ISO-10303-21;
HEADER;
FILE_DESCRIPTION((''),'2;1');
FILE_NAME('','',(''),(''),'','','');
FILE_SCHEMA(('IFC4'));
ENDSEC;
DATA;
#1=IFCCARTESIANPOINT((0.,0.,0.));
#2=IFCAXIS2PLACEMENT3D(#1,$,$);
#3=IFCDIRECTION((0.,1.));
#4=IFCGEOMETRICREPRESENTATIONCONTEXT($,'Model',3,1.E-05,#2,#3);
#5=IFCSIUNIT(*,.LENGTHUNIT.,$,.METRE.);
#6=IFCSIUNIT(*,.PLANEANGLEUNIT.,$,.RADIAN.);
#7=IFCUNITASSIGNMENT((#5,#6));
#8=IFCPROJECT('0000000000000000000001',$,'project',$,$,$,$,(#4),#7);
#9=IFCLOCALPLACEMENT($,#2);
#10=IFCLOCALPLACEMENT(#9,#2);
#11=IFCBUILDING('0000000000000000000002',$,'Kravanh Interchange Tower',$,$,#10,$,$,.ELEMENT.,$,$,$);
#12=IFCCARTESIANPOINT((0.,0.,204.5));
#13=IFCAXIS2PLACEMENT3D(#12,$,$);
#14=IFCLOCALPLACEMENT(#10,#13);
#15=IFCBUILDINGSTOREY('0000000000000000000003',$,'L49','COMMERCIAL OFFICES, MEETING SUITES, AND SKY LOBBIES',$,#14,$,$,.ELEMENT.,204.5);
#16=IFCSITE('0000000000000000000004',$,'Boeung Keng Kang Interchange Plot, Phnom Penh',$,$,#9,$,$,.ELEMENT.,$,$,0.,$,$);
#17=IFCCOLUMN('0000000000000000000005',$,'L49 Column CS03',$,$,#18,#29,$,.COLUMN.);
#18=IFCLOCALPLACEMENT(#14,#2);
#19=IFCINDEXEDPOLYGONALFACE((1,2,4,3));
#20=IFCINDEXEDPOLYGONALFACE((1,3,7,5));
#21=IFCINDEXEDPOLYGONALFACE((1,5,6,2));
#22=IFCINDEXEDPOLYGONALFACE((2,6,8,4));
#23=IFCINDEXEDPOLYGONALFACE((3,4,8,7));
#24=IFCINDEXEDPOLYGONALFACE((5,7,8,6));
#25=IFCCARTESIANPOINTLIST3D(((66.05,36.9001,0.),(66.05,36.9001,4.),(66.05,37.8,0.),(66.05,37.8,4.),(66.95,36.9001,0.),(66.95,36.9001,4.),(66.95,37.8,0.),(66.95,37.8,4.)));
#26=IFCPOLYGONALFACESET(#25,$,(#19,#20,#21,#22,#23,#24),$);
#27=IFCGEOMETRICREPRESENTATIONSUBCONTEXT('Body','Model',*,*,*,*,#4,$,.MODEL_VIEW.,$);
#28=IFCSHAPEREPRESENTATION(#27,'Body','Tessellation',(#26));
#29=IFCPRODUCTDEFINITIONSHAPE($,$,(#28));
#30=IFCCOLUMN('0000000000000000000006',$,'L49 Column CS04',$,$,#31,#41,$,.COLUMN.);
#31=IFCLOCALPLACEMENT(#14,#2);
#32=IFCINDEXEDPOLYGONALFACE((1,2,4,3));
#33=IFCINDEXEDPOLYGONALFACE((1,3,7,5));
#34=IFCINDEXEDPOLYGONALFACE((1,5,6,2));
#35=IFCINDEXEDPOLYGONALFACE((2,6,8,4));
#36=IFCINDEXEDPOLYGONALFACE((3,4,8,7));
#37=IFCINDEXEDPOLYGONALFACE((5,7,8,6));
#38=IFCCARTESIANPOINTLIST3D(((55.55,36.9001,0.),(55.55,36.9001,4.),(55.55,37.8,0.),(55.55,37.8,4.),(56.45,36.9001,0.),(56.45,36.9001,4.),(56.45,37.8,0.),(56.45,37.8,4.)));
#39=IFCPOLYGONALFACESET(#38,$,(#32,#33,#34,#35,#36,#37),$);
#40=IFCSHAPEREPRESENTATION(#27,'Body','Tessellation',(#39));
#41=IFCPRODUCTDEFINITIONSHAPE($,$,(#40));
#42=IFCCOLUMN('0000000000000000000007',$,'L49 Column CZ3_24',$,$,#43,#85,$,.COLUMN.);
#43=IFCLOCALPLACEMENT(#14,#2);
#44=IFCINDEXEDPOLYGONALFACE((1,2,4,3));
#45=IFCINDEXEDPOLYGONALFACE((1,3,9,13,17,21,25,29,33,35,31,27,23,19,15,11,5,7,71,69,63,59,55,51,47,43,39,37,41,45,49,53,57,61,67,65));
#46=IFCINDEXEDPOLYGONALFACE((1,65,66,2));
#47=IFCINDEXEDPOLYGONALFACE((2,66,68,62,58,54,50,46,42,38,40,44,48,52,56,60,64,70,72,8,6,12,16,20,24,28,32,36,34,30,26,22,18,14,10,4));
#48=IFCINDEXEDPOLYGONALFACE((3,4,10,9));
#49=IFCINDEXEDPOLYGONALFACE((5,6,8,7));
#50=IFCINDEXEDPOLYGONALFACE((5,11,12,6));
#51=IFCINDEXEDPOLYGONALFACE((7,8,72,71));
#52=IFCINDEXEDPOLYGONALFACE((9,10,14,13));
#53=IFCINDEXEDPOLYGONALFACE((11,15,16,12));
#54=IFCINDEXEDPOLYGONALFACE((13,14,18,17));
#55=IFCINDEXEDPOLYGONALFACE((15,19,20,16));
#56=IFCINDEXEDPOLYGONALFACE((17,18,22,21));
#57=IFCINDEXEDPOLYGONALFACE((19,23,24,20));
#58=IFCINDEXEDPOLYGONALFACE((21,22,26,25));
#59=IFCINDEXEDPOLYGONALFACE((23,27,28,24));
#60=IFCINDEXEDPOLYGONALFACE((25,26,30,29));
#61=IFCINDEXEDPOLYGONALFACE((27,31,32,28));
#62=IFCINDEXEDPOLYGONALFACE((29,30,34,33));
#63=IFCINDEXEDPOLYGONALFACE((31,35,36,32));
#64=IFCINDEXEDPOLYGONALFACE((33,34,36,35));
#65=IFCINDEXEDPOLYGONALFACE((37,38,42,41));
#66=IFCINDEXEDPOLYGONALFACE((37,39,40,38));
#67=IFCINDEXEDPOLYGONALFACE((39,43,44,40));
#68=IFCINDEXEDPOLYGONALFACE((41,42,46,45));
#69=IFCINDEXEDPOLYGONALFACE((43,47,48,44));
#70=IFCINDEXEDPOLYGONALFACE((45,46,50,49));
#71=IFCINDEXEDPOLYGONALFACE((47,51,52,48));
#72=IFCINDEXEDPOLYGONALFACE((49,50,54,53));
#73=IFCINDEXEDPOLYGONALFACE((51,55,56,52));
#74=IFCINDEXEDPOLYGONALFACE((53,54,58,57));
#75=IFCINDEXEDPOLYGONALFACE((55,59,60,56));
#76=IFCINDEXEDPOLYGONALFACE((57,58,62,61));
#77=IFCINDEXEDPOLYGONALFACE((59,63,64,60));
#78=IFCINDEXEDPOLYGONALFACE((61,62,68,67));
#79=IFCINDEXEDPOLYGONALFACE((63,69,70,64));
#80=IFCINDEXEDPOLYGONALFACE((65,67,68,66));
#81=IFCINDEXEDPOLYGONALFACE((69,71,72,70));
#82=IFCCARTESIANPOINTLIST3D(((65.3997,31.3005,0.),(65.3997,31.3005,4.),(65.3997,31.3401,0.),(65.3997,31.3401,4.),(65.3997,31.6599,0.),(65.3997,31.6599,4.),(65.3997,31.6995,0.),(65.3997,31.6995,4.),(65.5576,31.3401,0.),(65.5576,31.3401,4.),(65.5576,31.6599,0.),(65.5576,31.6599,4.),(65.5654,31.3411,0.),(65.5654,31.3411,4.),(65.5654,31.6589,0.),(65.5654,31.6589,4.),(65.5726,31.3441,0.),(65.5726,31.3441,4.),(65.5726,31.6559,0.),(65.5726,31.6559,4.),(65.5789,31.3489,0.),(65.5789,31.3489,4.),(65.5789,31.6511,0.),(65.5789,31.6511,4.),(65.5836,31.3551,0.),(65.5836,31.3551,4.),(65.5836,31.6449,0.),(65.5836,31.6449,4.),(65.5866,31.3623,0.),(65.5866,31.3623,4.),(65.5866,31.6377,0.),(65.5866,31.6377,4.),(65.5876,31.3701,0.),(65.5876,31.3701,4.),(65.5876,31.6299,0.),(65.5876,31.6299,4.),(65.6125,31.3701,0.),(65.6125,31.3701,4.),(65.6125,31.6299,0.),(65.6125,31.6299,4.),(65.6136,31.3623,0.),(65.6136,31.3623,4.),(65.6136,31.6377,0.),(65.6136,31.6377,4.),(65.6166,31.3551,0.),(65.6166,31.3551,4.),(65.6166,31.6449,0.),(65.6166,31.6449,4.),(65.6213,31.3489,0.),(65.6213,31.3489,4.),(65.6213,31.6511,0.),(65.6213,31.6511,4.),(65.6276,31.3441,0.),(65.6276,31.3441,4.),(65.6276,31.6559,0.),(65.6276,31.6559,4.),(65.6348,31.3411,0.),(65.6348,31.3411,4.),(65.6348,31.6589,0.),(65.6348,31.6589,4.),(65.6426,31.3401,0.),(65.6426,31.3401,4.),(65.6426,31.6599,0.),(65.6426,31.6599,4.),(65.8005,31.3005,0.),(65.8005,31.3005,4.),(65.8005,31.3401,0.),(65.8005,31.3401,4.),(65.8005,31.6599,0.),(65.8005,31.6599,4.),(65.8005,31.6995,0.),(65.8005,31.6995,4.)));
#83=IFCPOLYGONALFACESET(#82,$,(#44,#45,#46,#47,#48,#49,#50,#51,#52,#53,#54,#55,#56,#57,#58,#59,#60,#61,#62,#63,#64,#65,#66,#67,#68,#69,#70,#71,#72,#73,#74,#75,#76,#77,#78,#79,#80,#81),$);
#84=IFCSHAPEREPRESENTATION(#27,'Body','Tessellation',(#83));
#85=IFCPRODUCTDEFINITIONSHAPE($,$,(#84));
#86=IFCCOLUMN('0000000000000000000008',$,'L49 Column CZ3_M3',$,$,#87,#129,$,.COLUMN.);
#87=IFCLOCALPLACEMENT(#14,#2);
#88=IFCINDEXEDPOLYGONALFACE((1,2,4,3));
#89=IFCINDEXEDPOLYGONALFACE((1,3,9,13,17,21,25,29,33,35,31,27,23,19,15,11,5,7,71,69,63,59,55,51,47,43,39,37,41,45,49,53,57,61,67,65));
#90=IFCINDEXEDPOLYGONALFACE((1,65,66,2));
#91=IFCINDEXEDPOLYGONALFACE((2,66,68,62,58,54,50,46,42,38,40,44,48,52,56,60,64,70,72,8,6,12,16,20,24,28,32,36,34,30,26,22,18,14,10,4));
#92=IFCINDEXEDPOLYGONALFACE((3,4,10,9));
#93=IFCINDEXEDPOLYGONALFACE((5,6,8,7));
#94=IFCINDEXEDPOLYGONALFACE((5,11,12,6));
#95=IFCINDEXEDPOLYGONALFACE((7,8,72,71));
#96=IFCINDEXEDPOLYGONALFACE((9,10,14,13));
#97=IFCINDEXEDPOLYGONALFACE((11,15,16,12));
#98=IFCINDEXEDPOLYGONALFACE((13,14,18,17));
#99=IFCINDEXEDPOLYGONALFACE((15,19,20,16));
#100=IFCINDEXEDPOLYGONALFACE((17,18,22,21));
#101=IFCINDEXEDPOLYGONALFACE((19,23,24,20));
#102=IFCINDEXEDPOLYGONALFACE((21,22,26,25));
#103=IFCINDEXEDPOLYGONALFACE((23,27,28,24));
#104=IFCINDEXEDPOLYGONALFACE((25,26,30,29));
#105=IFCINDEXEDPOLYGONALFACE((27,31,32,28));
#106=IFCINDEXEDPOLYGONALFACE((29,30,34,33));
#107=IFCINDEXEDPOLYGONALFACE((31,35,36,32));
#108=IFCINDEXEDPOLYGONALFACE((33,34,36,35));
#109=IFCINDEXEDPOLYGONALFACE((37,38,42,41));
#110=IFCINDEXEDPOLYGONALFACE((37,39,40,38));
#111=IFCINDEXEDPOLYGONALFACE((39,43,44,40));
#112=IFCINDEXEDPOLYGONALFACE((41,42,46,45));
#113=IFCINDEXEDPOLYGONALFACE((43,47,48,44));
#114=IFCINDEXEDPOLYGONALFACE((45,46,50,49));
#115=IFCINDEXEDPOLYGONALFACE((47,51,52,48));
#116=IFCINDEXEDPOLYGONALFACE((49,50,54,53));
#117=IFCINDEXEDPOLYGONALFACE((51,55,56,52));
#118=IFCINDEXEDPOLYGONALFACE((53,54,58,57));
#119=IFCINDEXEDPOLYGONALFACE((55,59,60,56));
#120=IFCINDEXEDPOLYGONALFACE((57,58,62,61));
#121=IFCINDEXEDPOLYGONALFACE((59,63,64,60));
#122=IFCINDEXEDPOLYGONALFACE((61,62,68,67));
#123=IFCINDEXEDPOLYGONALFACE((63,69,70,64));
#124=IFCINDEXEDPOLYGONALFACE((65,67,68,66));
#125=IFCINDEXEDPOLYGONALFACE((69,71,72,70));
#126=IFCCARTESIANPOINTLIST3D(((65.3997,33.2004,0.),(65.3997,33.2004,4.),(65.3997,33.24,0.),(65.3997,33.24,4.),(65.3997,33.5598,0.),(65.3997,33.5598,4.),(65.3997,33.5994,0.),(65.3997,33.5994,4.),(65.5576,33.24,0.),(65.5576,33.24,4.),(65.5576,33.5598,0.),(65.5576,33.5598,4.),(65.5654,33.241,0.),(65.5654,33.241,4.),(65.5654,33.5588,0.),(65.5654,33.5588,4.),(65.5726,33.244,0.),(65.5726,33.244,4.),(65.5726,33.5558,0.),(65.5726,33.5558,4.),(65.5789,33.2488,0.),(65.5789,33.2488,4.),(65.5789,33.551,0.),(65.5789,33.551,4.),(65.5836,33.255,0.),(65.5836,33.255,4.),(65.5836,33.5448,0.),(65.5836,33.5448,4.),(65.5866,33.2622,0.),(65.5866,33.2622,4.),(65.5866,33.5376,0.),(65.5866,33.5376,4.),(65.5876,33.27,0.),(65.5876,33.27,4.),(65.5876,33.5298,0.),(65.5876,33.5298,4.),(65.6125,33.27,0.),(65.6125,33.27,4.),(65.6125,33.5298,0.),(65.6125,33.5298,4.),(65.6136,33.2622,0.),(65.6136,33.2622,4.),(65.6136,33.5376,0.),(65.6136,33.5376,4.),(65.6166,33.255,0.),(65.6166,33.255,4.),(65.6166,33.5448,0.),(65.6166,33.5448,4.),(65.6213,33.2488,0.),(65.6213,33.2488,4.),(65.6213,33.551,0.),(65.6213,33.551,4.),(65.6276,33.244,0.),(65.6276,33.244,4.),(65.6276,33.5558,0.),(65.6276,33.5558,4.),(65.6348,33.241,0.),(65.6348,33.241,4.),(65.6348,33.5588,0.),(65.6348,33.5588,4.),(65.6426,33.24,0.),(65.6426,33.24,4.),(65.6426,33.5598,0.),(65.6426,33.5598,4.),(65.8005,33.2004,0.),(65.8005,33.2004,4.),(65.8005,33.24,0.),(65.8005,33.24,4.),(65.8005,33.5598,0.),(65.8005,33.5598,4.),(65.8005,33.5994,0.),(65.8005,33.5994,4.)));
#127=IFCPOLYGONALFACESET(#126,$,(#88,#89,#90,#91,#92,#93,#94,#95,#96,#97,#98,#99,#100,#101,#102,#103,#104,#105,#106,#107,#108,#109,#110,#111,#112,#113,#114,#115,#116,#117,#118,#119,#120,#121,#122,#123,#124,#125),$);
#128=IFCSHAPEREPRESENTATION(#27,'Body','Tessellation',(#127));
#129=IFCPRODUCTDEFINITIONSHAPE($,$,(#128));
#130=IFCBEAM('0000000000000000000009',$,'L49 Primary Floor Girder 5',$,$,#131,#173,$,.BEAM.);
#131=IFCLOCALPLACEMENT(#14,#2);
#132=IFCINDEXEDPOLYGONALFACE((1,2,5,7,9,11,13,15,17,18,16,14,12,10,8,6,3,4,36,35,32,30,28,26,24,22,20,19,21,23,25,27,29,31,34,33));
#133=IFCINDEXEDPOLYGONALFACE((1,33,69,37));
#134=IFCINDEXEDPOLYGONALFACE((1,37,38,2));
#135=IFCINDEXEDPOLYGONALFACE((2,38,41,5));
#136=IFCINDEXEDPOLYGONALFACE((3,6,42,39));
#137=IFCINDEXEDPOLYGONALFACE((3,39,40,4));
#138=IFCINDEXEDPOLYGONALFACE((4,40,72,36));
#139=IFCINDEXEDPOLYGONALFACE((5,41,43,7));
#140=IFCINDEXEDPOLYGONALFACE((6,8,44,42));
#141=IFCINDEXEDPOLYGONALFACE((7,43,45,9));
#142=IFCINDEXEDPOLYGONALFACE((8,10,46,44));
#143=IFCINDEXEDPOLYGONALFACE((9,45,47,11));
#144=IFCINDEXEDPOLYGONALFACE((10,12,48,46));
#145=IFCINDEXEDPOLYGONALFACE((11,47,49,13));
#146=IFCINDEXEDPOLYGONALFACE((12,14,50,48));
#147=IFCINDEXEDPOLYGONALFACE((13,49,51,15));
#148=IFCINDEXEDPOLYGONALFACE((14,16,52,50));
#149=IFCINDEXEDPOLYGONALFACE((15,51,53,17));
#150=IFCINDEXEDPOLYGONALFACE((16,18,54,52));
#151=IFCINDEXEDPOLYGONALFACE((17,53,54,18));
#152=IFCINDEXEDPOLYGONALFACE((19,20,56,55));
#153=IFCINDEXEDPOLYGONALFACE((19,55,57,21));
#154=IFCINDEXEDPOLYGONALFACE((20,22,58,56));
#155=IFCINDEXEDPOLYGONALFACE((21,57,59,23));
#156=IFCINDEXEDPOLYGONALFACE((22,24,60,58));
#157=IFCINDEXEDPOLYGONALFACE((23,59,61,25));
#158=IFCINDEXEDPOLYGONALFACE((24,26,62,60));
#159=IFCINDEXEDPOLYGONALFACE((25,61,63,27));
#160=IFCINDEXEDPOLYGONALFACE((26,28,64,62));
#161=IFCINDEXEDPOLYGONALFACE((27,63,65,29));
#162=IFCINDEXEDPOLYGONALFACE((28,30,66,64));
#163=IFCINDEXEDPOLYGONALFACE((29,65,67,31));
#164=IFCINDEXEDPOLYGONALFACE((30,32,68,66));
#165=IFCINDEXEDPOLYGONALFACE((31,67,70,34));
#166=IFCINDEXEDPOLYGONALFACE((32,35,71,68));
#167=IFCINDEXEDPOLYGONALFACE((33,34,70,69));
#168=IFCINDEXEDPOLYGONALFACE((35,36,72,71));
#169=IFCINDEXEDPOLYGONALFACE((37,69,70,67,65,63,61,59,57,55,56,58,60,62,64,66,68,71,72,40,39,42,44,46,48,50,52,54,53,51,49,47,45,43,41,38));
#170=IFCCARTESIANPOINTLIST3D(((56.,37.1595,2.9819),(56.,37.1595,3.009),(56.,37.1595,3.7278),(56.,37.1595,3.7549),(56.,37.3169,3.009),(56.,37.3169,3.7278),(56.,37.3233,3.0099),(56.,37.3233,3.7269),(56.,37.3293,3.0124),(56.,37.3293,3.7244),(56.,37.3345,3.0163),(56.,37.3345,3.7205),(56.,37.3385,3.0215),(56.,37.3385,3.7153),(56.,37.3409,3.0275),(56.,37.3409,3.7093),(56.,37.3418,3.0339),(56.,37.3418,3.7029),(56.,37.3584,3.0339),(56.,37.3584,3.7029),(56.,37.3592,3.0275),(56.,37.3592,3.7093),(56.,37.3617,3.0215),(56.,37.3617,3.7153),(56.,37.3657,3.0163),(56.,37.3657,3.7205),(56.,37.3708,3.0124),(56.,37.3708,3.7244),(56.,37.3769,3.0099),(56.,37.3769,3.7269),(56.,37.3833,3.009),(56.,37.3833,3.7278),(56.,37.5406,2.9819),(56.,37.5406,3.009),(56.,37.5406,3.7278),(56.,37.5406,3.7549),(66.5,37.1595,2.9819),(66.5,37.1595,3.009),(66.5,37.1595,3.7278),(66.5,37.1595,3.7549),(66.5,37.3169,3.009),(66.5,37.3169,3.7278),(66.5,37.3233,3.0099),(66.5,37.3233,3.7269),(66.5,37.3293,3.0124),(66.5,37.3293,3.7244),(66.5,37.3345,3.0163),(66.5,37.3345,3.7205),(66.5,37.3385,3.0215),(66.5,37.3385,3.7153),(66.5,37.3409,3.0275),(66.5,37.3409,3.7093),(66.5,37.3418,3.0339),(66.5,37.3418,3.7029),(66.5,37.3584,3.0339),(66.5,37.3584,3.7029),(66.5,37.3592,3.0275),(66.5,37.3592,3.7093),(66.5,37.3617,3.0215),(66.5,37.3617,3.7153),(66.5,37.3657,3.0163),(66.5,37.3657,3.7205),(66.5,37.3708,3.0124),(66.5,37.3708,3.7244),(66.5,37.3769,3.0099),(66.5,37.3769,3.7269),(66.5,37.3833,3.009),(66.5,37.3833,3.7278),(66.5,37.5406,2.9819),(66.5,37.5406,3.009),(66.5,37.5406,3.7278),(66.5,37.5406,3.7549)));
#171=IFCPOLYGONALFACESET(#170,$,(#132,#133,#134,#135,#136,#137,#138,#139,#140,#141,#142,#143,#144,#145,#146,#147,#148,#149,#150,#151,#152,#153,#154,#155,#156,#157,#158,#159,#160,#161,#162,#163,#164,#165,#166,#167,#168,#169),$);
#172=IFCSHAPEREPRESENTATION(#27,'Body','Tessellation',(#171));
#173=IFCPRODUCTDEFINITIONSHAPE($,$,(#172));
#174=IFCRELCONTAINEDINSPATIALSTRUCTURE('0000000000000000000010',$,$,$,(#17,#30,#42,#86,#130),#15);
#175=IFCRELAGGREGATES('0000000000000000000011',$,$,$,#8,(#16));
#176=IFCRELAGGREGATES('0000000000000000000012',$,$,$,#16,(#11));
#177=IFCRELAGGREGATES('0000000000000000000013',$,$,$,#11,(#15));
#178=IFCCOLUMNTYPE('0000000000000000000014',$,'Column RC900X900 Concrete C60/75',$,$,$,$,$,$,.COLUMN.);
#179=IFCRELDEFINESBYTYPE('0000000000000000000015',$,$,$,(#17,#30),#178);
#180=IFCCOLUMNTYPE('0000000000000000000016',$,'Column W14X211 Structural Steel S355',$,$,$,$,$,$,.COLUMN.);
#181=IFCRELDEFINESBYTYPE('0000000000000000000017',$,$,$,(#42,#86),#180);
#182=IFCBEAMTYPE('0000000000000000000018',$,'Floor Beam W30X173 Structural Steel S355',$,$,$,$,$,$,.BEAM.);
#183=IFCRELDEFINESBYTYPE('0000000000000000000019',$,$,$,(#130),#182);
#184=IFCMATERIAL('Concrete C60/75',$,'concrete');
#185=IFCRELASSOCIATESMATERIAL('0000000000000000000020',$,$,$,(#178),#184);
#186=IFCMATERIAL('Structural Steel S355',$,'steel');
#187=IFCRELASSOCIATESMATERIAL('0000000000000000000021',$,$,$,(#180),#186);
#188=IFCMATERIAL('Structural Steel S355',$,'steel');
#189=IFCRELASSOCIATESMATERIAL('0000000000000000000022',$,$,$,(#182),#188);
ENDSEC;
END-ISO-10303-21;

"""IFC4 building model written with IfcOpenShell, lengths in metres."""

from ifc_helpers import new_model, si_unit, direction, frame, origin, origin_2d, place, context, subcontext, project, spatial, rectangle, i_section, extrude, material, material_profile, profile_set, type_object, element, save


model = new_model("IFC4")

# Units and contexts
model_context = context("Model", 3, precision=1e-05, world=origin(), true_north=direction((0.0, 1.0)))
body_context = subcontext(model_context, "Body", "Model", "MODEL_VIEW")
ifc_project = project(units=[si_unit("LENGTHUNIT", "METRE"), si_unit("PLANEANGLEUNIT", "RADIAN")], contexts=[model_context])

# Site, building, storey
site_placement = place(None, origin())
site = spatial("IfcSite", under=ifc_project, at=site_placement, Name="Boeung Keng Kang Interchange Plot, Phnom Penh", CompositionType="ELEMENT", RefElevation=0.0)
building_placement = place(site_placement, origin())
building = spatial("IfcBuilding", under=site, at=building_placement, Name="Kravanh Interchange Tower", CompositionType="ELEMENT")
storey_placement = place(building_placement, frame((0.0, 0.0, 204.5)))
storey = spatial("IfcBuildingStorey", under=building, at=storey_placement, Name="L49", Description="COMMERCIAL OFFICES, MEETING SUITES, AND SKY LOBBIES", CompositionType="ELEMENT", Elevation=204.5)

# Columns
ifc_material_1 = material(Name="Concrete C60/75", Category="concrete")
ifc_material_profile_1 = material_profile(ifc_material_1, rectangle(XDim=0.8999, YDim=0.8999, at=origin_2d()), Name="RC900X900")
ifc_profile_set_1 = profile_set([ifc_material_profile_1], Name="Concrete C60/75")
column_type_1 = type_object("IfcColumnType", Name="Column RC900X900 Concrete C60/75", PredefinedType="COLUMN", material=ifc_profile_set_1)
for number, where, z_axis, x_axis, name in (
    (1, (66.5, 37.3501, 0.0), (0.0, 0.0, 1.0), (1.0, 0.0, 0.0), "L49 Column CS03"),
    (2, (56.0, 37.3501, 0.0), (0.0, 0.0, 1.0), (1.0, 0.0, 0.0), "L49 Column CS04"),
):
    element("IfcColumn", number, at=place(storey_placement, frame(where, z_axis=z_axis, x_axis=x_axis)), inside=storey, type_object=column_type_1, Name=name, PredefinedType="COLUMN", context=body_context, shape_type="SweptSolid", body=[
        extrude(rectangle(XDim=0.8999, YDim=0.8999, at=origin_2d()), origin(), (0.0, 0.0, 1.0), 4.0),
    ])
ifc_material_2 = material(Name="Structural Steel S355", Category="steel")
ifc_material_profile_2 = material_profile(ifc_material_2, i_section(OverallWidth=0.4009, OverallDepth=0.3989, WebThickness=0.0249, FlangeThickness=0.0396, FilletRadius=0.03, at=origin_2d()), Name="W14X211")
ifc_profile_set_2 = profile_set([ifc_material_profile_2], Name="Structural Steel S355")
column_type_2 = type_object("IfcColumnType", Name="Column W14X211 Structural Steel S355", PredefinedType="COLUMN", material=ifc_profile_set_2)
for number, where, z_axis, x_axis, name in (
    (3, (65.6001, 31.5, 0.0), (0.0, 0.0, 1.0), (1.0, 0.0, 0.0), "L49 Column CZ3_24"),
    (4, (65.6001, 33.3999, 0.0), (0.0, 0.0, 1.0), (1.0, 0.0, 0.0), "L49 Column CZ3_M3"),
):
    element("IfcColumn", number, at=place(storey_placement, frame(where, z_axis=z_axis, x_axis=x_axis)), inside=storey, type_object=column_type_2, Name=name, PredefinedType="COLUMN", context=body_context, shape_type="SweptSolid", body=[
        extrude(i_section(OverallWidth=0.4009, OverallDepth=0.3989, WebThickness=0.0249, FlangeThickness=0.0396, FilletRadius=0.03, at=origin_2d()), origin(), (0.0, 0.0, 1.0), 4.0),
    ])

# Beam
ifc_material_3 = material(Name="Structural Steel S355", Category="steel")
ifc_material_profile_3 = material_profile(ifc_material_3, i_section(OverallWidth=0.3811, OverallDepth=0.7729, WebThickness=0.0166, FlangeThickness=0.0271, FilletRadius=0.0249, at=origin_2d()), Name="W30X173")
ifc_profile_set_3 = profile_set([ifc_material_profile_3], Name="Structural Steel S355")
beam_type_1 = type_object("IfcBeamType", Name="Floor Beam W30X173 Structural Steel S355", PredefinedType="BEAM", material=ifc_profile_set_3)
beam_1_placement = place(storey_placement, frame((66.5, 37.3501, 3.3684), z_axis=(-1.0, 0.0, 0.0), x_axis=(0.0, -1.0, 0.0)))
element("IfcBeam", 5, at=beam_1_placement, inside=storey, type_object=beam_type_1, Name="L49 Primary Floor Girder 5", PredefinedType="BEAM", context=body_context, shape_type="SweptSolid", body=[
    extrude(i_section(OverallWidth=0.3811, OverallDepth=0.7729, WebThickness=0.0166, FlangeThickness=0.0271, FilletRadius=0.0249, at=origin_2d()), origin(), (0.0, 0.0, 1.0), 10.5),
])

save(model, "model.ifc")
